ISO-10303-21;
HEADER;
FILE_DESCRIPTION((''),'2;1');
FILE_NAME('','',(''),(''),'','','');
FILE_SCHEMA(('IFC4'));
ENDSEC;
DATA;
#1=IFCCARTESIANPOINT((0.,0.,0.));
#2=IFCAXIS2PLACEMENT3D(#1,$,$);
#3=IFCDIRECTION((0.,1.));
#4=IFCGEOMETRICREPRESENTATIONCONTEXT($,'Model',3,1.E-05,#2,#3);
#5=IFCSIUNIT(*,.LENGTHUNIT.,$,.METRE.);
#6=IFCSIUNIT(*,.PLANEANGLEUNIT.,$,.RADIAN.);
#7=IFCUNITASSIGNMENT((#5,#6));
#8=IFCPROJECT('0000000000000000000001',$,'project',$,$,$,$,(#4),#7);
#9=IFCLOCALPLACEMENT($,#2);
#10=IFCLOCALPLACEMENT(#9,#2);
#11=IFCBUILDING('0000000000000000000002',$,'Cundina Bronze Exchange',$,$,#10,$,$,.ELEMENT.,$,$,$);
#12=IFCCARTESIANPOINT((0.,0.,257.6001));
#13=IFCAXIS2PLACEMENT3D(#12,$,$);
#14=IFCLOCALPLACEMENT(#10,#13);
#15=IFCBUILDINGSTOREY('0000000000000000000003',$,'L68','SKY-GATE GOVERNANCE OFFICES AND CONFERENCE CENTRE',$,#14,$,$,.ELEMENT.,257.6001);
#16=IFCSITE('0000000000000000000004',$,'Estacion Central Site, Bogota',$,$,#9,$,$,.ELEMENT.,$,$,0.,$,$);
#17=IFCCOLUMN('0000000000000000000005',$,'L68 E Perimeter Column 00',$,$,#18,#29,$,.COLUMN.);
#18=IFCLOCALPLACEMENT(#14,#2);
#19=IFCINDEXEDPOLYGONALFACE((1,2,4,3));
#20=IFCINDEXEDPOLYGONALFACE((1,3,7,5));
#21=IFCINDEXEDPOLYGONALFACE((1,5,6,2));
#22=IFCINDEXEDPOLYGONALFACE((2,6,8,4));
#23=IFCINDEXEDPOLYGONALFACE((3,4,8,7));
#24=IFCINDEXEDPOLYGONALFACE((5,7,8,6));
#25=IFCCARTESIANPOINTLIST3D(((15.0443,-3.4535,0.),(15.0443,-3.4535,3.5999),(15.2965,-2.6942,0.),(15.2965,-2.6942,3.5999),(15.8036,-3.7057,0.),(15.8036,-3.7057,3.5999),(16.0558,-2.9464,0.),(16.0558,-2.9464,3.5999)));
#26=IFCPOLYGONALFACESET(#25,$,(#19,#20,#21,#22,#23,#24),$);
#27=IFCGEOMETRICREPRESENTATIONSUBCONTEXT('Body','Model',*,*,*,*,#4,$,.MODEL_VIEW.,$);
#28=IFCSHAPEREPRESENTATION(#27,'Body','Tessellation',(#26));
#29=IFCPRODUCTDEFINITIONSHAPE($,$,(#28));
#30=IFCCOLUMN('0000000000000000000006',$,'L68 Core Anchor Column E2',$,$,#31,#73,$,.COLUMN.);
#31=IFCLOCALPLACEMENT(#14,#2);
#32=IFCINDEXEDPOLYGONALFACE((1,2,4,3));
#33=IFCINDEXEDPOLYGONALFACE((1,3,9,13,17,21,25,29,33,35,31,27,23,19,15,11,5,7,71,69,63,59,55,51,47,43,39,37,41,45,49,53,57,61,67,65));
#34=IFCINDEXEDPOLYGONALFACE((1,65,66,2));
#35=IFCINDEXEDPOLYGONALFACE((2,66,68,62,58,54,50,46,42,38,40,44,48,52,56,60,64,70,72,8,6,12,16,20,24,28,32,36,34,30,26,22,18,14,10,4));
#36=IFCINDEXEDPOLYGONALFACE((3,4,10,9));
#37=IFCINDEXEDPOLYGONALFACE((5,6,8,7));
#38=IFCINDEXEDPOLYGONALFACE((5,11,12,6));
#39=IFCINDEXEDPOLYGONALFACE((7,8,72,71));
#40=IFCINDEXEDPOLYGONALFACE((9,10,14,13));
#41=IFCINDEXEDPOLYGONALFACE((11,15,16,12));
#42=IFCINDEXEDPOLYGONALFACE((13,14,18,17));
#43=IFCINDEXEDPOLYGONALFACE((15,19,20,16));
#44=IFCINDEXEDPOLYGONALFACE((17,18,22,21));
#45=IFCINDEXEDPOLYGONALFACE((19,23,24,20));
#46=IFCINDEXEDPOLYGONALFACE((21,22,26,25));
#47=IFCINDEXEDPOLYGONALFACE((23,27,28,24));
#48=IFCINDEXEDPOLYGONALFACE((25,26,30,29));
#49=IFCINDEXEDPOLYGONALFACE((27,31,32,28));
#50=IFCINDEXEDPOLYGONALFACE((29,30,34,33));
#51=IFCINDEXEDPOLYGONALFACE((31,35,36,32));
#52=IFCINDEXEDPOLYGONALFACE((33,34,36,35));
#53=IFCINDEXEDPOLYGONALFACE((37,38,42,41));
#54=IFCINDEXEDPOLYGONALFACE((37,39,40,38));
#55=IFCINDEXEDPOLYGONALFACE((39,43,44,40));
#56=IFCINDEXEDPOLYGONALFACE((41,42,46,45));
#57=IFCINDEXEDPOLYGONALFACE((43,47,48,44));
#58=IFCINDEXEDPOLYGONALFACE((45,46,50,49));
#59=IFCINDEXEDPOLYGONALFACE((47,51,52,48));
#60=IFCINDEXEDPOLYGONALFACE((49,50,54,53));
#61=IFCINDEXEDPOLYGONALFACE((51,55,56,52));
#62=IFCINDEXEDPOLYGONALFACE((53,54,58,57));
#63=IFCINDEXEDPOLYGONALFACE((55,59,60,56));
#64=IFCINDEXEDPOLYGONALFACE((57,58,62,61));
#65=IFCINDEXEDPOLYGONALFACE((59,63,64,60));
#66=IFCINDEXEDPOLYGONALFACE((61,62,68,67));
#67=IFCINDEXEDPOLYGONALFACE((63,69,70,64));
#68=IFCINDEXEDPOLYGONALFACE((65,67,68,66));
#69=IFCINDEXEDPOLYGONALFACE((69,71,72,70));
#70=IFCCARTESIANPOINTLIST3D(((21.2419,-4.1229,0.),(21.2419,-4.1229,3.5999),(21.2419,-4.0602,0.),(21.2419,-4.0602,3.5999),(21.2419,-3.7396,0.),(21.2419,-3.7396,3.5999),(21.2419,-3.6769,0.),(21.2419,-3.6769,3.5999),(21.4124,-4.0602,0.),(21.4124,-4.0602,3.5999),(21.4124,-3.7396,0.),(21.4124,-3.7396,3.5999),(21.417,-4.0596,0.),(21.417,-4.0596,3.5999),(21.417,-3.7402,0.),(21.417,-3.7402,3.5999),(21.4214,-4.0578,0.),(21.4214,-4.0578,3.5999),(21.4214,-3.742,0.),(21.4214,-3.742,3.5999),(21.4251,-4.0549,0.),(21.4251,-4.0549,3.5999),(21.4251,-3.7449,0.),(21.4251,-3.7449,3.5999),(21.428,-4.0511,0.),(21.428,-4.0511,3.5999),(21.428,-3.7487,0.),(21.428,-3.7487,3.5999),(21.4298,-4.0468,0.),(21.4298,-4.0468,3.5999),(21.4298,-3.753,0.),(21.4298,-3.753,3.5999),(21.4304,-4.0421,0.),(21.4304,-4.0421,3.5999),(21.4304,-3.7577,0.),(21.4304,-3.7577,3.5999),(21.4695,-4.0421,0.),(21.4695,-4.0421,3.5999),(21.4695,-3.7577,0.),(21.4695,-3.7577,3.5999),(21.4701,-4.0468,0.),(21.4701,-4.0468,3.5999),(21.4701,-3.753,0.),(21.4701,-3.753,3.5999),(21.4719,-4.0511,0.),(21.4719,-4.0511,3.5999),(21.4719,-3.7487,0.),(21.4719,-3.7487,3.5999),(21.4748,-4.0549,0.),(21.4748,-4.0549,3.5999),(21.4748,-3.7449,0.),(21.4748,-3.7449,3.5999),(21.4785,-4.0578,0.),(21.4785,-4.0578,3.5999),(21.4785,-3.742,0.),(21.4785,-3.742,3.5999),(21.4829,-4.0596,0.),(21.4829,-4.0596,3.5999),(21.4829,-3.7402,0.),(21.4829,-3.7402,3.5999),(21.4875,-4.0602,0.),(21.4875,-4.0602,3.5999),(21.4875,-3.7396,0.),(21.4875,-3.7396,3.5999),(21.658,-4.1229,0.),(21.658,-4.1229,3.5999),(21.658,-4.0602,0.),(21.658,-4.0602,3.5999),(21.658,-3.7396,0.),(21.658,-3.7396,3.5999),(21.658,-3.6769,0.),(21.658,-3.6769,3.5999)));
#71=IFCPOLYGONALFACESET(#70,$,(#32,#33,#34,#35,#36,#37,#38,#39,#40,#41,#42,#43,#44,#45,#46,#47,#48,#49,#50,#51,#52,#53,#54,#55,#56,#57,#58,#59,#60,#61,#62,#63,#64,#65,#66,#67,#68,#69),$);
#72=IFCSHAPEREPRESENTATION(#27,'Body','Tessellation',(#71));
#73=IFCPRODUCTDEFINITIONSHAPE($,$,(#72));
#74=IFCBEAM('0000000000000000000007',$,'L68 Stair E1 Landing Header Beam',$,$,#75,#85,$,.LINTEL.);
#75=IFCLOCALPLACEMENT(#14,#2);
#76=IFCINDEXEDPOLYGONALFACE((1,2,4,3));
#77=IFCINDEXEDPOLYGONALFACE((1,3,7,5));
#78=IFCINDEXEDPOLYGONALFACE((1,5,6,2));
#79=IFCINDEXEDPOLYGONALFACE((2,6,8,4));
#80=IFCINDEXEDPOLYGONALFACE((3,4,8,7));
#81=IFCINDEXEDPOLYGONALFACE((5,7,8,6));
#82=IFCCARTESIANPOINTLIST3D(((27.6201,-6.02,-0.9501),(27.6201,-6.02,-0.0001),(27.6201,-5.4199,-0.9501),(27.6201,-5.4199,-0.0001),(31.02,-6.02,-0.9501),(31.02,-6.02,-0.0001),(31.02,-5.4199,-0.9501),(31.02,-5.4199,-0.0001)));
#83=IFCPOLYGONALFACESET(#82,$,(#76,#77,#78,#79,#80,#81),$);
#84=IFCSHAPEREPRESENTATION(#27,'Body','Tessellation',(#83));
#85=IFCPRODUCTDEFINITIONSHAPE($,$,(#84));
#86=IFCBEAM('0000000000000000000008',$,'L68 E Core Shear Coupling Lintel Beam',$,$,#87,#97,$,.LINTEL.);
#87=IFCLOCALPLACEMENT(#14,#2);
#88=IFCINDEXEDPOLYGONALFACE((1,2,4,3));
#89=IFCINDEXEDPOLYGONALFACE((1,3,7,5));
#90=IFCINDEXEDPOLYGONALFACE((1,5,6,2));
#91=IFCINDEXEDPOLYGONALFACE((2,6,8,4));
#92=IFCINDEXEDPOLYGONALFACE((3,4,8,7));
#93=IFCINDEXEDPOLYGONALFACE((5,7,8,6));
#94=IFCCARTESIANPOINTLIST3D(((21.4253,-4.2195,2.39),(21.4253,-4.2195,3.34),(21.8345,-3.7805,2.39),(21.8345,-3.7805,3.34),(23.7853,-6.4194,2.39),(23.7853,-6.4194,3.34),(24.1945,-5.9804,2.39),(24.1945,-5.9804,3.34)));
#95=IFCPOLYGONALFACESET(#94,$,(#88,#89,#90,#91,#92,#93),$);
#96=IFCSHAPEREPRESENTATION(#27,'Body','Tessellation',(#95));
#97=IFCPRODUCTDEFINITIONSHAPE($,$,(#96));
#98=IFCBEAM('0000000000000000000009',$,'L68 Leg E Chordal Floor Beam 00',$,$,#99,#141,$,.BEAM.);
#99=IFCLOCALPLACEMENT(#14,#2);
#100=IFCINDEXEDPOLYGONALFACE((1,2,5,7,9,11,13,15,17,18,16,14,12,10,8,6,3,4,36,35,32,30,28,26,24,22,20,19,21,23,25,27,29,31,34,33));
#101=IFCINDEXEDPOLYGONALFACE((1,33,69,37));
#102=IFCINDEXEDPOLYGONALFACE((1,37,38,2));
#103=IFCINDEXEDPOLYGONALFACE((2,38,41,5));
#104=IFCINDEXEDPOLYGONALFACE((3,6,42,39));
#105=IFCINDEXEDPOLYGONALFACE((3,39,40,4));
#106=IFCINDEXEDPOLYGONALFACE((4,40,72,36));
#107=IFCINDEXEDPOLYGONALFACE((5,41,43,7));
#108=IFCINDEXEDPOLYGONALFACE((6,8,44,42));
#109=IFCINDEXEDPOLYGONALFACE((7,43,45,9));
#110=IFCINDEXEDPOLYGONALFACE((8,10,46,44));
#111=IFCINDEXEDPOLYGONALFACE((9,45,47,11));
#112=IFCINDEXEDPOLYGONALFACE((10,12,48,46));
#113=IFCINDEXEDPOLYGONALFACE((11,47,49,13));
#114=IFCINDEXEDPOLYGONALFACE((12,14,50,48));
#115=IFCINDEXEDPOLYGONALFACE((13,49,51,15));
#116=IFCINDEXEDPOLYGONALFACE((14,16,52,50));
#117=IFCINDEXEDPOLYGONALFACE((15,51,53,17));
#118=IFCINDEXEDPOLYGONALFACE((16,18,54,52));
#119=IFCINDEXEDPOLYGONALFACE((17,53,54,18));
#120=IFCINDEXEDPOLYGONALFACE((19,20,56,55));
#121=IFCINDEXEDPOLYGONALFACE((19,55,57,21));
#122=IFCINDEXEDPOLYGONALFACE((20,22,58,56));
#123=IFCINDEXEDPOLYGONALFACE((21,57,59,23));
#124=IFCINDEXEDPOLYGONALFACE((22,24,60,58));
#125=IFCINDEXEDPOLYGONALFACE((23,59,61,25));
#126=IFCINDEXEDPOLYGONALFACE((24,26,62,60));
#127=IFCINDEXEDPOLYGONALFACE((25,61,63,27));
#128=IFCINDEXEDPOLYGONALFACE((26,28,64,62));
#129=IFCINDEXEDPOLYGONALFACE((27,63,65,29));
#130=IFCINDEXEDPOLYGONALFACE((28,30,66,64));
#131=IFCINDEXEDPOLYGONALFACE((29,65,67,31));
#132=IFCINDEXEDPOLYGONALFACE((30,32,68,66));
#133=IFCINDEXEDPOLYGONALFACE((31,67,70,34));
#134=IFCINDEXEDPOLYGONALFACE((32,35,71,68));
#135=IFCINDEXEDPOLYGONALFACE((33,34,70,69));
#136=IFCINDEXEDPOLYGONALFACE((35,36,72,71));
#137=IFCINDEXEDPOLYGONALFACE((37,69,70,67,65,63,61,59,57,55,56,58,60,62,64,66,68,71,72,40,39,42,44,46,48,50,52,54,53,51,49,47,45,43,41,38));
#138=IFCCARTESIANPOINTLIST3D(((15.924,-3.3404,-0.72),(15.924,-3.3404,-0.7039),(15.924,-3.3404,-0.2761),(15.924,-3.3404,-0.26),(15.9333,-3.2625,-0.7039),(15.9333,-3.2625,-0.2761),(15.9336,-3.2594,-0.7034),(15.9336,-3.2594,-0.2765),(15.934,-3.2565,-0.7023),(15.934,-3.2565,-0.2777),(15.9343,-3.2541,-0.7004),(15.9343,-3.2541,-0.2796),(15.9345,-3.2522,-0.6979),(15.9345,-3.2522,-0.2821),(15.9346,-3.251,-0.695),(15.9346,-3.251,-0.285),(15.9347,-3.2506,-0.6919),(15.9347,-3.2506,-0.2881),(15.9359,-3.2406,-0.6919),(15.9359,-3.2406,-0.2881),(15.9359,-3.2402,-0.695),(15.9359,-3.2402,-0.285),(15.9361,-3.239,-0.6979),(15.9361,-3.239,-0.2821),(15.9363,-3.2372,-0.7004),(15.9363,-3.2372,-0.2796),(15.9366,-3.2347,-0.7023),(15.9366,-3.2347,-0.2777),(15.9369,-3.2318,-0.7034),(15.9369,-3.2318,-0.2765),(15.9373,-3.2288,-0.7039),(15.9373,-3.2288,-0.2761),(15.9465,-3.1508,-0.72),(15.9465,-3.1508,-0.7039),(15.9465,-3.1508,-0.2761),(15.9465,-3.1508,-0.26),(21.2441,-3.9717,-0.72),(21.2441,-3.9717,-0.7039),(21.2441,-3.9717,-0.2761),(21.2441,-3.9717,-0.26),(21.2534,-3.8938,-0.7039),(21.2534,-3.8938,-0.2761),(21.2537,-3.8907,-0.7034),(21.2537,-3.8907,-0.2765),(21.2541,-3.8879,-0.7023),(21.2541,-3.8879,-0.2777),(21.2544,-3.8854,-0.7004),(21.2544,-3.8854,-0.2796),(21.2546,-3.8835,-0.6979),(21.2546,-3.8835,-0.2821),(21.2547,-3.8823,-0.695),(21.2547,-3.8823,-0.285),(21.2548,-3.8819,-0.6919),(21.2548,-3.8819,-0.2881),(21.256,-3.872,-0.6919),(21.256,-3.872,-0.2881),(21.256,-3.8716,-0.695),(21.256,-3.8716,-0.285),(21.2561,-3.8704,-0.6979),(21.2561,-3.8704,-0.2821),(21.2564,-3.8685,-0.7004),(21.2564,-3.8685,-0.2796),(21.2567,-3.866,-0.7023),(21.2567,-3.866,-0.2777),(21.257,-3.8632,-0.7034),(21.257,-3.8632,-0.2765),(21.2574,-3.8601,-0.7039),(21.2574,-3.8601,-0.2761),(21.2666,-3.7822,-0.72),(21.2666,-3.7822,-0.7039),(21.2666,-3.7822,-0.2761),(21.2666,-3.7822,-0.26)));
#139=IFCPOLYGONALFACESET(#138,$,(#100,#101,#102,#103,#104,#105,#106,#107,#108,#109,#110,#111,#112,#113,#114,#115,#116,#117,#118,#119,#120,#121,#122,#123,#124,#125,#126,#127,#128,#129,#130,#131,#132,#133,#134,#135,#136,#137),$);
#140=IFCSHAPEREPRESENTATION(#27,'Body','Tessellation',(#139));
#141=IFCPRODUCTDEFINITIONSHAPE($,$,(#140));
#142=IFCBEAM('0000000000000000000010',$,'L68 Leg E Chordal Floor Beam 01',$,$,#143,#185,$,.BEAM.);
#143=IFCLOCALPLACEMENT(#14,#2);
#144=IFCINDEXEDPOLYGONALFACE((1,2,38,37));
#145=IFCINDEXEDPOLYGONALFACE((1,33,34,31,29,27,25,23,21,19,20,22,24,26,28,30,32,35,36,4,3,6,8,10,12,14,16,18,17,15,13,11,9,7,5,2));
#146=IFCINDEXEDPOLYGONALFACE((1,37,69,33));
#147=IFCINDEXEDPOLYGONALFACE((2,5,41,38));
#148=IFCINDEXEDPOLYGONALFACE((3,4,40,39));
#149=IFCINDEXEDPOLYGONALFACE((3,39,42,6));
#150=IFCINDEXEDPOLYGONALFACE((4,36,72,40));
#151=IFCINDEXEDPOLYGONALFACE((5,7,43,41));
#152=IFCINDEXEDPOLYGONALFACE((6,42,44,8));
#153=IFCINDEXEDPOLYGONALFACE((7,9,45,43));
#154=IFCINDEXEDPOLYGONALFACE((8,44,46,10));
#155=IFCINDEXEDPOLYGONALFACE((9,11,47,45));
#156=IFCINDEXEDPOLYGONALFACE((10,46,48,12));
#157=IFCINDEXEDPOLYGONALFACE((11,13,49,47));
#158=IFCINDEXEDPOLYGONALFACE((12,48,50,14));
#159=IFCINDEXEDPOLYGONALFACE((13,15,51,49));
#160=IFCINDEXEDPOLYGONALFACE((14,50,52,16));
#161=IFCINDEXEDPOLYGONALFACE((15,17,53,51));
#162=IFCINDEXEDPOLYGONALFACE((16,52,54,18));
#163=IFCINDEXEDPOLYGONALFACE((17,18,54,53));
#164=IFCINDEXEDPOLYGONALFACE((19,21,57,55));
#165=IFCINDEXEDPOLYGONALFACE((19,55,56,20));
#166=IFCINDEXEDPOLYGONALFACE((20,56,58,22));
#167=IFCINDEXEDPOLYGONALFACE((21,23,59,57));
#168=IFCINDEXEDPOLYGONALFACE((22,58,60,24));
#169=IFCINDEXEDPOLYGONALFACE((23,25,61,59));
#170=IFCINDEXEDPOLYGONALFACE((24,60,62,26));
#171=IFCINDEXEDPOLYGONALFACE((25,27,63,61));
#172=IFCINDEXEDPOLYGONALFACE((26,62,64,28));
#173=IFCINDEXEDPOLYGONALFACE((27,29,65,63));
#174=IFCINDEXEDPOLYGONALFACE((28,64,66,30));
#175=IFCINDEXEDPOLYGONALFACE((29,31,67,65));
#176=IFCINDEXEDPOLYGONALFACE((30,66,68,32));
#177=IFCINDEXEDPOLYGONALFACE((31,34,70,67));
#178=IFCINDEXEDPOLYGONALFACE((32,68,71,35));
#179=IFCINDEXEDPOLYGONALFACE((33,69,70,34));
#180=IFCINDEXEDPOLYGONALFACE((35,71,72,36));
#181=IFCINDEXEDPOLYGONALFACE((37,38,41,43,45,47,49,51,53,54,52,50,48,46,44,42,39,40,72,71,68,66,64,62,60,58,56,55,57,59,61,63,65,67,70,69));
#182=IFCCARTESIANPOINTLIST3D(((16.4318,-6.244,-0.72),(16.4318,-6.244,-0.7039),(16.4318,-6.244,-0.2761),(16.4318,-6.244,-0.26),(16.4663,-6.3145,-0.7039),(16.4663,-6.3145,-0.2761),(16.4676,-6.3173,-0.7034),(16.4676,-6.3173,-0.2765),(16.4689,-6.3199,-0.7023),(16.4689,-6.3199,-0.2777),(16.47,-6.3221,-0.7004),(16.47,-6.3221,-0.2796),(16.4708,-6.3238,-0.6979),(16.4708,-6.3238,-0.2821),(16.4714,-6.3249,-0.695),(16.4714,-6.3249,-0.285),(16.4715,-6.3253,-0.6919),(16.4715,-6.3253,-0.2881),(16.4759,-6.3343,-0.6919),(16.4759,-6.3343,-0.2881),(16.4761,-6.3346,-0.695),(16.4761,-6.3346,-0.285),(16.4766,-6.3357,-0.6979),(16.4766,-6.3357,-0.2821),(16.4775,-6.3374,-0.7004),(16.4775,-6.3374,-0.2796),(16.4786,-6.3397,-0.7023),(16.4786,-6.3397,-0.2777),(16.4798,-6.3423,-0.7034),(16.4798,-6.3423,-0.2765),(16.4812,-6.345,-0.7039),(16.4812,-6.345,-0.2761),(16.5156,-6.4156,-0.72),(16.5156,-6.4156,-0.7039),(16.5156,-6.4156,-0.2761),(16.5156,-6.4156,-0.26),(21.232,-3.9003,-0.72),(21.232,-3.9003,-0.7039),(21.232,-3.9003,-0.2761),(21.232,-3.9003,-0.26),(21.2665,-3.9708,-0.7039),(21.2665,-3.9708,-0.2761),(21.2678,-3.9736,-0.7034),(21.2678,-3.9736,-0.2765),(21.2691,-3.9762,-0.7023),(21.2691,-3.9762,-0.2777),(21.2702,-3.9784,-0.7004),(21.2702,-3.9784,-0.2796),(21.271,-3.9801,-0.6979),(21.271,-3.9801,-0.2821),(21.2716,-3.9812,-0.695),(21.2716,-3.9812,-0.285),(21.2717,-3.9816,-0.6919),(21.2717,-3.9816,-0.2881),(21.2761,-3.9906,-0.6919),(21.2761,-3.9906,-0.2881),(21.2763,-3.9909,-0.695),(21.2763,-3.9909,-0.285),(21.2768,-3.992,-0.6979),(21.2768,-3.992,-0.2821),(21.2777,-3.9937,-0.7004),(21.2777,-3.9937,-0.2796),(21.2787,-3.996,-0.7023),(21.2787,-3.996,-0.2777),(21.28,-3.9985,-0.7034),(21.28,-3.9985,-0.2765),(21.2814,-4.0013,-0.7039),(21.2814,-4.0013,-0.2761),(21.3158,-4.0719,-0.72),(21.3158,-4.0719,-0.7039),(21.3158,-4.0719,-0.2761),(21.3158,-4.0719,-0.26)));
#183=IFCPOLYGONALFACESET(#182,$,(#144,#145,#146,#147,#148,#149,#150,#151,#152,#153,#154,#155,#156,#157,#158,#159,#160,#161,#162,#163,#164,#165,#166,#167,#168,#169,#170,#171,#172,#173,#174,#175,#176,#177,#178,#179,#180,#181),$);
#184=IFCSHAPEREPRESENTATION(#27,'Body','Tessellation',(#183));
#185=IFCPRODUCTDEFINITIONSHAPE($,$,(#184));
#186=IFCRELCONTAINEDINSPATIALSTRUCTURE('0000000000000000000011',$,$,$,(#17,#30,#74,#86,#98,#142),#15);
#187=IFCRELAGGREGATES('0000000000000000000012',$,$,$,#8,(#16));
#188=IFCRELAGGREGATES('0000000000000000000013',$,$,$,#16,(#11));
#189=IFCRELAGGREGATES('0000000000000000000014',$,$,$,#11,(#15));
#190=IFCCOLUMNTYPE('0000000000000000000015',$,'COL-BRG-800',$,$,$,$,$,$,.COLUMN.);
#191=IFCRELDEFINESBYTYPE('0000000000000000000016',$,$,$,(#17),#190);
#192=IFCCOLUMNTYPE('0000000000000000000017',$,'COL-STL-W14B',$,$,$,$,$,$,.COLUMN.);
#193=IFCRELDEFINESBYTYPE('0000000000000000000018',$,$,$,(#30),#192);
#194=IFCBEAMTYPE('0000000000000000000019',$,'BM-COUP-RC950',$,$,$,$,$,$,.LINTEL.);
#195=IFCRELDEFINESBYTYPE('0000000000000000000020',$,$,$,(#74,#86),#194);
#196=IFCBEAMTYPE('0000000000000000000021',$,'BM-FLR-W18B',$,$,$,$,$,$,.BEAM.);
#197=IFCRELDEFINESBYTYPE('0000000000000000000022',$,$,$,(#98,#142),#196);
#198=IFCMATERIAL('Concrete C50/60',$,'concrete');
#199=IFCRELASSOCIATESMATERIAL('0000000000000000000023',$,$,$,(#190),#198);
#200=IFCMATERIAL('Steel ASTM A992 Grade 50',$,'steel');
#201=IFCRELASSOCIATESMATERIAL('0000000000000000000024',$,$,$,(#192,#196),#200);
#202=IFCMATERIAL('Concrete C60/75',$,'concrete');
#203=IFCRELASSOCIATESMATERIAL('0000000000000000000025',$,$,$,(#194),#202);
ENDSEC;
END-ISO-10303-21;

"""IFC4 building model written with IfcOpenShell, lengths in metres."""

from ifc_helpers import new_model, si_unit, direction, frame, origin, origin_2d, place, context, subcontext, project, spatial, rectangle, i_section, extrude, material, material_profile, profile_set, type_object, element, save


model = new_model("IFC4")

# Units and contexts
model_context = context("Model", 3, precision=1e-05, world=origin(), true_north=direction((0.0, 1.0)))
body_context = subcontext(model_context, "Body", "Model", "MODEL_VIEW")
ifc_project = project(units=[si_unit("LENGTHUNIT", "METRE"), si_unit("PLANEANGLEUNIT", "RADIAN")], contexts=[model_context])

# Site, building, storey
site_placement = place(None, origin())
site = spatial("IfcSite", under=ifc_project, at=site_placement, Name="Estacion Central Site, Bogota", CompositionType="ELEMENT", RefElevation=0.0)
building_placement = place(site_placement, origin())
building = spatial("IfcBuilding", under=site, at=building_placement, Name="Cundina Bronze Exchange", CompositionType="ELEMENT")
storey_placement = place(building_placement, frame((0.0, 0.0, 257.6001)))
storey = spatial("IfcBuildingStorey", under=building, at=storey_placement, Name="L68", Description="SKY-GATE GOVERNANCE OFFICES AND CONFERENCE CENTRE", CompositionType="ELEMENT", Elevation=257.6001)

# Columns
ifc_material_1 = material(Name="Concrete C50/60", Category="concrete")
ifc_material_profile_1 = material_profile(ifc_material_1, rectangle(XDim=0.8, YDim=0.8, at=origin_2d()), Name="RC800X800", Category="concrete")
ifc_profile_set_1 = profile_set([ifc_material_profile_1], Name="Concrete C50/60")
column_type_1 = type_object("IfcColumnType", Name="COL-BRG-800", PredefinedType="COLUMN", material=ifc_profile_set_1)
column_1_placement = place(storey_placement, frame((15.55, -3.2, 0.0), z_axis=(0.0, 0.0, 1.0), x_axis=(-0.315152, -0.949041, 0.0)))
element("IfcColumn", 1, at=column_1_placement, inside=storey, type_object=column_type_1, Name="L68 E Perimeter Column 00", PredefinedType="COLUMN", context=body_context, shape_type="SweptSolid", body=[
    extrude(rectangle(XDim=0.8, YDim=0.8, at=origin_2d()), origin(), (0.0, 0.0, 1.0), 3.5999),
])
ifc_material_2 = material(Name="Steel ASTM A992 Grade 50", Category="steel")
ifc_material_profile_2 = material_profile(ifc_material_2, i_section(OverallWidth=0.416, OverallDepth=0.446, WebThickness=0.0391, FlangeThickness=0.0627, FilletRadius=0.0181, at=origin_2d()), Name="W14X342", Category="steel")
ifc_profile_set_2 = profile_set([ifc_material_profile_2], Name="Steel ASTM A992 Grade 50")
column_type_2 = type_object("IfcColumnType", Name="COL-STL-W14B", PredefinedType="COLUMN", material=ifc_profile_set_2)
column_2_placement = place(storey_placement, frame((21.45, -3.8999, 0.0), z_axis=(0.0, 0.0, 1.0), x_axis=(1.0, 0.0, 0.0)))
element("IfcColumn", 2, at=column_2_placement, inside=storey, type_object=column_type_2, Name="L68 Core Anchor Column E2", PredefinedType="COLUMN", context=body_context, shape_type="SweptSolid", body=[
    extrude(i_section(OverallWidth=0.416, OverallDepth=0.446, WebThickness=0.0391, FlangeThickness=0.0627, FilletRadius=0.0181, at=origin_2d()), origin(), (0.0, 0.0, 1.0), 3.5999),
])

# Beams
ifc_material_3 = material(Name="Concrete C60/75", Category="concrete")
ifc_material_profile_3 = material_profile(ifc_material_3, rectangle(XDim=0.6001, YDim=0.95, at=origin_2d()), Name="RC600X950", Category="concrete")
ifc_profile_set_3 = profile_set([ifc_material_profile_3], Name="Concrete C60/75")
beam_type_1 = type_object("IfcBeamType", Name="BM-COUP-RC950", PredefinedType="LINTEL", material=ifc_profile_set_3)
beam_1_placement = place(storey_placement, frame((27.6201, -5.72, -0.4751), z_axis=(1.0, 0.0, 0.0), x_axis=(0.0, 1.0, 0.0)))
element("IfcBeam", 3, at=beam_1_placement, inside=storey, type_object=beam_type_1, Name="L68 Stair E1 Landing Header Beam", PredefinedType="LINTEL", context=body_context, shape_type="SweptSolid", body=[
    extrude(rectangle(XDim=0.6001, YDim=0.95, at=origin_2d()), origin(), (0.0, 0.0, 1.0), 3.3999),
])
beam_2_placement = place(storey_placement, frame((21.6299, -4.0, 2.865), z_axis=(0.73149, -0.681852, 0.0), x_axis=(0.681852, 0.73149, 0.0)))
element("IfcBeam", 4, at=beam_2_placement, inside=storey, type_object=beam_type_1, Name="L68 E Core Shear Coupling Lintel Beam", PredefinedType="LINTEL", context=body_context, shape_type="SweptSolid", body=[
    extrude(rectangle(XDim=0.6001, YDim=0.95, at=origin_2d()), origin(), (0.0, 0.0, 1.0), 3.2263),
])
ifc_material_profile_4 = material_profile(ifc_material_2, i_section(OverallWidth=0.1909, OverallDepth=0.46, WebThickness=0.01, FlangeThickness=0.0161, FilletRadius=0.012, at=origin_2d()), Name="W18X55", Category="steel")
ifc_profile_set_4 = profile_set([ifc_material_profile_4], Name="Steel ASTM A992 Grade 50")
beam_type_2 = type_object("IfcBeamType", Name="BM-FLR-W18B", PredefinedType="BEAM", material=ifc_profile_set_4)
beam_3_placement = place(storey_placement, frame((21.2554, -3.877, -0.49), z_axis=(-0.993032, 0.117846, 0.0), x_axis=(-0.117846, -0.993032, 0.0)))
element("IfcBeam", 5, at=beam_3_placement, inside=storey, type_object=beam_type_2, Name="L68 Leg E Chordal Floor Beam 00", PredefinedType="BEAM", context=body_context, shape_type="SweptSolid", body=[
    extrude(i_section(OverallWidth=0.1909, OverallDepth=0.46, WebThickness=0.01, FlangeThickness=0.0161, FilletRadius=0.012, at=origin_2d()), origin(), (0.0, 0.0, 1.0), 5.3574),
])
beam_4_placement = place(storey_placement, frame((21.2739, -3.9861, -0.49), z_axis=(-0.89861, -0.438748, 0.0), x_axis=(0.438748, -0.89861, 0.0)))
element("IfcBeam", 6, at=beam_4_placement, inside=storey, type_object=beam_type_2, Name="L68 Leg E Chordal Floor Beam 01", PredefinedType="BEAM", context=body_context, shape_type="SweptSolid", body=[
    extrude(i_section(OverallWidth=0.1909, OverallDepth=0.46, WebThickness=0.01, FlangeThickness=0.0161, FilletRadius=0.012, at=origin_2d()), origin(), (0.0, 0.0, 1.0), 5.3418),
])

save(model, "model.ifc")
